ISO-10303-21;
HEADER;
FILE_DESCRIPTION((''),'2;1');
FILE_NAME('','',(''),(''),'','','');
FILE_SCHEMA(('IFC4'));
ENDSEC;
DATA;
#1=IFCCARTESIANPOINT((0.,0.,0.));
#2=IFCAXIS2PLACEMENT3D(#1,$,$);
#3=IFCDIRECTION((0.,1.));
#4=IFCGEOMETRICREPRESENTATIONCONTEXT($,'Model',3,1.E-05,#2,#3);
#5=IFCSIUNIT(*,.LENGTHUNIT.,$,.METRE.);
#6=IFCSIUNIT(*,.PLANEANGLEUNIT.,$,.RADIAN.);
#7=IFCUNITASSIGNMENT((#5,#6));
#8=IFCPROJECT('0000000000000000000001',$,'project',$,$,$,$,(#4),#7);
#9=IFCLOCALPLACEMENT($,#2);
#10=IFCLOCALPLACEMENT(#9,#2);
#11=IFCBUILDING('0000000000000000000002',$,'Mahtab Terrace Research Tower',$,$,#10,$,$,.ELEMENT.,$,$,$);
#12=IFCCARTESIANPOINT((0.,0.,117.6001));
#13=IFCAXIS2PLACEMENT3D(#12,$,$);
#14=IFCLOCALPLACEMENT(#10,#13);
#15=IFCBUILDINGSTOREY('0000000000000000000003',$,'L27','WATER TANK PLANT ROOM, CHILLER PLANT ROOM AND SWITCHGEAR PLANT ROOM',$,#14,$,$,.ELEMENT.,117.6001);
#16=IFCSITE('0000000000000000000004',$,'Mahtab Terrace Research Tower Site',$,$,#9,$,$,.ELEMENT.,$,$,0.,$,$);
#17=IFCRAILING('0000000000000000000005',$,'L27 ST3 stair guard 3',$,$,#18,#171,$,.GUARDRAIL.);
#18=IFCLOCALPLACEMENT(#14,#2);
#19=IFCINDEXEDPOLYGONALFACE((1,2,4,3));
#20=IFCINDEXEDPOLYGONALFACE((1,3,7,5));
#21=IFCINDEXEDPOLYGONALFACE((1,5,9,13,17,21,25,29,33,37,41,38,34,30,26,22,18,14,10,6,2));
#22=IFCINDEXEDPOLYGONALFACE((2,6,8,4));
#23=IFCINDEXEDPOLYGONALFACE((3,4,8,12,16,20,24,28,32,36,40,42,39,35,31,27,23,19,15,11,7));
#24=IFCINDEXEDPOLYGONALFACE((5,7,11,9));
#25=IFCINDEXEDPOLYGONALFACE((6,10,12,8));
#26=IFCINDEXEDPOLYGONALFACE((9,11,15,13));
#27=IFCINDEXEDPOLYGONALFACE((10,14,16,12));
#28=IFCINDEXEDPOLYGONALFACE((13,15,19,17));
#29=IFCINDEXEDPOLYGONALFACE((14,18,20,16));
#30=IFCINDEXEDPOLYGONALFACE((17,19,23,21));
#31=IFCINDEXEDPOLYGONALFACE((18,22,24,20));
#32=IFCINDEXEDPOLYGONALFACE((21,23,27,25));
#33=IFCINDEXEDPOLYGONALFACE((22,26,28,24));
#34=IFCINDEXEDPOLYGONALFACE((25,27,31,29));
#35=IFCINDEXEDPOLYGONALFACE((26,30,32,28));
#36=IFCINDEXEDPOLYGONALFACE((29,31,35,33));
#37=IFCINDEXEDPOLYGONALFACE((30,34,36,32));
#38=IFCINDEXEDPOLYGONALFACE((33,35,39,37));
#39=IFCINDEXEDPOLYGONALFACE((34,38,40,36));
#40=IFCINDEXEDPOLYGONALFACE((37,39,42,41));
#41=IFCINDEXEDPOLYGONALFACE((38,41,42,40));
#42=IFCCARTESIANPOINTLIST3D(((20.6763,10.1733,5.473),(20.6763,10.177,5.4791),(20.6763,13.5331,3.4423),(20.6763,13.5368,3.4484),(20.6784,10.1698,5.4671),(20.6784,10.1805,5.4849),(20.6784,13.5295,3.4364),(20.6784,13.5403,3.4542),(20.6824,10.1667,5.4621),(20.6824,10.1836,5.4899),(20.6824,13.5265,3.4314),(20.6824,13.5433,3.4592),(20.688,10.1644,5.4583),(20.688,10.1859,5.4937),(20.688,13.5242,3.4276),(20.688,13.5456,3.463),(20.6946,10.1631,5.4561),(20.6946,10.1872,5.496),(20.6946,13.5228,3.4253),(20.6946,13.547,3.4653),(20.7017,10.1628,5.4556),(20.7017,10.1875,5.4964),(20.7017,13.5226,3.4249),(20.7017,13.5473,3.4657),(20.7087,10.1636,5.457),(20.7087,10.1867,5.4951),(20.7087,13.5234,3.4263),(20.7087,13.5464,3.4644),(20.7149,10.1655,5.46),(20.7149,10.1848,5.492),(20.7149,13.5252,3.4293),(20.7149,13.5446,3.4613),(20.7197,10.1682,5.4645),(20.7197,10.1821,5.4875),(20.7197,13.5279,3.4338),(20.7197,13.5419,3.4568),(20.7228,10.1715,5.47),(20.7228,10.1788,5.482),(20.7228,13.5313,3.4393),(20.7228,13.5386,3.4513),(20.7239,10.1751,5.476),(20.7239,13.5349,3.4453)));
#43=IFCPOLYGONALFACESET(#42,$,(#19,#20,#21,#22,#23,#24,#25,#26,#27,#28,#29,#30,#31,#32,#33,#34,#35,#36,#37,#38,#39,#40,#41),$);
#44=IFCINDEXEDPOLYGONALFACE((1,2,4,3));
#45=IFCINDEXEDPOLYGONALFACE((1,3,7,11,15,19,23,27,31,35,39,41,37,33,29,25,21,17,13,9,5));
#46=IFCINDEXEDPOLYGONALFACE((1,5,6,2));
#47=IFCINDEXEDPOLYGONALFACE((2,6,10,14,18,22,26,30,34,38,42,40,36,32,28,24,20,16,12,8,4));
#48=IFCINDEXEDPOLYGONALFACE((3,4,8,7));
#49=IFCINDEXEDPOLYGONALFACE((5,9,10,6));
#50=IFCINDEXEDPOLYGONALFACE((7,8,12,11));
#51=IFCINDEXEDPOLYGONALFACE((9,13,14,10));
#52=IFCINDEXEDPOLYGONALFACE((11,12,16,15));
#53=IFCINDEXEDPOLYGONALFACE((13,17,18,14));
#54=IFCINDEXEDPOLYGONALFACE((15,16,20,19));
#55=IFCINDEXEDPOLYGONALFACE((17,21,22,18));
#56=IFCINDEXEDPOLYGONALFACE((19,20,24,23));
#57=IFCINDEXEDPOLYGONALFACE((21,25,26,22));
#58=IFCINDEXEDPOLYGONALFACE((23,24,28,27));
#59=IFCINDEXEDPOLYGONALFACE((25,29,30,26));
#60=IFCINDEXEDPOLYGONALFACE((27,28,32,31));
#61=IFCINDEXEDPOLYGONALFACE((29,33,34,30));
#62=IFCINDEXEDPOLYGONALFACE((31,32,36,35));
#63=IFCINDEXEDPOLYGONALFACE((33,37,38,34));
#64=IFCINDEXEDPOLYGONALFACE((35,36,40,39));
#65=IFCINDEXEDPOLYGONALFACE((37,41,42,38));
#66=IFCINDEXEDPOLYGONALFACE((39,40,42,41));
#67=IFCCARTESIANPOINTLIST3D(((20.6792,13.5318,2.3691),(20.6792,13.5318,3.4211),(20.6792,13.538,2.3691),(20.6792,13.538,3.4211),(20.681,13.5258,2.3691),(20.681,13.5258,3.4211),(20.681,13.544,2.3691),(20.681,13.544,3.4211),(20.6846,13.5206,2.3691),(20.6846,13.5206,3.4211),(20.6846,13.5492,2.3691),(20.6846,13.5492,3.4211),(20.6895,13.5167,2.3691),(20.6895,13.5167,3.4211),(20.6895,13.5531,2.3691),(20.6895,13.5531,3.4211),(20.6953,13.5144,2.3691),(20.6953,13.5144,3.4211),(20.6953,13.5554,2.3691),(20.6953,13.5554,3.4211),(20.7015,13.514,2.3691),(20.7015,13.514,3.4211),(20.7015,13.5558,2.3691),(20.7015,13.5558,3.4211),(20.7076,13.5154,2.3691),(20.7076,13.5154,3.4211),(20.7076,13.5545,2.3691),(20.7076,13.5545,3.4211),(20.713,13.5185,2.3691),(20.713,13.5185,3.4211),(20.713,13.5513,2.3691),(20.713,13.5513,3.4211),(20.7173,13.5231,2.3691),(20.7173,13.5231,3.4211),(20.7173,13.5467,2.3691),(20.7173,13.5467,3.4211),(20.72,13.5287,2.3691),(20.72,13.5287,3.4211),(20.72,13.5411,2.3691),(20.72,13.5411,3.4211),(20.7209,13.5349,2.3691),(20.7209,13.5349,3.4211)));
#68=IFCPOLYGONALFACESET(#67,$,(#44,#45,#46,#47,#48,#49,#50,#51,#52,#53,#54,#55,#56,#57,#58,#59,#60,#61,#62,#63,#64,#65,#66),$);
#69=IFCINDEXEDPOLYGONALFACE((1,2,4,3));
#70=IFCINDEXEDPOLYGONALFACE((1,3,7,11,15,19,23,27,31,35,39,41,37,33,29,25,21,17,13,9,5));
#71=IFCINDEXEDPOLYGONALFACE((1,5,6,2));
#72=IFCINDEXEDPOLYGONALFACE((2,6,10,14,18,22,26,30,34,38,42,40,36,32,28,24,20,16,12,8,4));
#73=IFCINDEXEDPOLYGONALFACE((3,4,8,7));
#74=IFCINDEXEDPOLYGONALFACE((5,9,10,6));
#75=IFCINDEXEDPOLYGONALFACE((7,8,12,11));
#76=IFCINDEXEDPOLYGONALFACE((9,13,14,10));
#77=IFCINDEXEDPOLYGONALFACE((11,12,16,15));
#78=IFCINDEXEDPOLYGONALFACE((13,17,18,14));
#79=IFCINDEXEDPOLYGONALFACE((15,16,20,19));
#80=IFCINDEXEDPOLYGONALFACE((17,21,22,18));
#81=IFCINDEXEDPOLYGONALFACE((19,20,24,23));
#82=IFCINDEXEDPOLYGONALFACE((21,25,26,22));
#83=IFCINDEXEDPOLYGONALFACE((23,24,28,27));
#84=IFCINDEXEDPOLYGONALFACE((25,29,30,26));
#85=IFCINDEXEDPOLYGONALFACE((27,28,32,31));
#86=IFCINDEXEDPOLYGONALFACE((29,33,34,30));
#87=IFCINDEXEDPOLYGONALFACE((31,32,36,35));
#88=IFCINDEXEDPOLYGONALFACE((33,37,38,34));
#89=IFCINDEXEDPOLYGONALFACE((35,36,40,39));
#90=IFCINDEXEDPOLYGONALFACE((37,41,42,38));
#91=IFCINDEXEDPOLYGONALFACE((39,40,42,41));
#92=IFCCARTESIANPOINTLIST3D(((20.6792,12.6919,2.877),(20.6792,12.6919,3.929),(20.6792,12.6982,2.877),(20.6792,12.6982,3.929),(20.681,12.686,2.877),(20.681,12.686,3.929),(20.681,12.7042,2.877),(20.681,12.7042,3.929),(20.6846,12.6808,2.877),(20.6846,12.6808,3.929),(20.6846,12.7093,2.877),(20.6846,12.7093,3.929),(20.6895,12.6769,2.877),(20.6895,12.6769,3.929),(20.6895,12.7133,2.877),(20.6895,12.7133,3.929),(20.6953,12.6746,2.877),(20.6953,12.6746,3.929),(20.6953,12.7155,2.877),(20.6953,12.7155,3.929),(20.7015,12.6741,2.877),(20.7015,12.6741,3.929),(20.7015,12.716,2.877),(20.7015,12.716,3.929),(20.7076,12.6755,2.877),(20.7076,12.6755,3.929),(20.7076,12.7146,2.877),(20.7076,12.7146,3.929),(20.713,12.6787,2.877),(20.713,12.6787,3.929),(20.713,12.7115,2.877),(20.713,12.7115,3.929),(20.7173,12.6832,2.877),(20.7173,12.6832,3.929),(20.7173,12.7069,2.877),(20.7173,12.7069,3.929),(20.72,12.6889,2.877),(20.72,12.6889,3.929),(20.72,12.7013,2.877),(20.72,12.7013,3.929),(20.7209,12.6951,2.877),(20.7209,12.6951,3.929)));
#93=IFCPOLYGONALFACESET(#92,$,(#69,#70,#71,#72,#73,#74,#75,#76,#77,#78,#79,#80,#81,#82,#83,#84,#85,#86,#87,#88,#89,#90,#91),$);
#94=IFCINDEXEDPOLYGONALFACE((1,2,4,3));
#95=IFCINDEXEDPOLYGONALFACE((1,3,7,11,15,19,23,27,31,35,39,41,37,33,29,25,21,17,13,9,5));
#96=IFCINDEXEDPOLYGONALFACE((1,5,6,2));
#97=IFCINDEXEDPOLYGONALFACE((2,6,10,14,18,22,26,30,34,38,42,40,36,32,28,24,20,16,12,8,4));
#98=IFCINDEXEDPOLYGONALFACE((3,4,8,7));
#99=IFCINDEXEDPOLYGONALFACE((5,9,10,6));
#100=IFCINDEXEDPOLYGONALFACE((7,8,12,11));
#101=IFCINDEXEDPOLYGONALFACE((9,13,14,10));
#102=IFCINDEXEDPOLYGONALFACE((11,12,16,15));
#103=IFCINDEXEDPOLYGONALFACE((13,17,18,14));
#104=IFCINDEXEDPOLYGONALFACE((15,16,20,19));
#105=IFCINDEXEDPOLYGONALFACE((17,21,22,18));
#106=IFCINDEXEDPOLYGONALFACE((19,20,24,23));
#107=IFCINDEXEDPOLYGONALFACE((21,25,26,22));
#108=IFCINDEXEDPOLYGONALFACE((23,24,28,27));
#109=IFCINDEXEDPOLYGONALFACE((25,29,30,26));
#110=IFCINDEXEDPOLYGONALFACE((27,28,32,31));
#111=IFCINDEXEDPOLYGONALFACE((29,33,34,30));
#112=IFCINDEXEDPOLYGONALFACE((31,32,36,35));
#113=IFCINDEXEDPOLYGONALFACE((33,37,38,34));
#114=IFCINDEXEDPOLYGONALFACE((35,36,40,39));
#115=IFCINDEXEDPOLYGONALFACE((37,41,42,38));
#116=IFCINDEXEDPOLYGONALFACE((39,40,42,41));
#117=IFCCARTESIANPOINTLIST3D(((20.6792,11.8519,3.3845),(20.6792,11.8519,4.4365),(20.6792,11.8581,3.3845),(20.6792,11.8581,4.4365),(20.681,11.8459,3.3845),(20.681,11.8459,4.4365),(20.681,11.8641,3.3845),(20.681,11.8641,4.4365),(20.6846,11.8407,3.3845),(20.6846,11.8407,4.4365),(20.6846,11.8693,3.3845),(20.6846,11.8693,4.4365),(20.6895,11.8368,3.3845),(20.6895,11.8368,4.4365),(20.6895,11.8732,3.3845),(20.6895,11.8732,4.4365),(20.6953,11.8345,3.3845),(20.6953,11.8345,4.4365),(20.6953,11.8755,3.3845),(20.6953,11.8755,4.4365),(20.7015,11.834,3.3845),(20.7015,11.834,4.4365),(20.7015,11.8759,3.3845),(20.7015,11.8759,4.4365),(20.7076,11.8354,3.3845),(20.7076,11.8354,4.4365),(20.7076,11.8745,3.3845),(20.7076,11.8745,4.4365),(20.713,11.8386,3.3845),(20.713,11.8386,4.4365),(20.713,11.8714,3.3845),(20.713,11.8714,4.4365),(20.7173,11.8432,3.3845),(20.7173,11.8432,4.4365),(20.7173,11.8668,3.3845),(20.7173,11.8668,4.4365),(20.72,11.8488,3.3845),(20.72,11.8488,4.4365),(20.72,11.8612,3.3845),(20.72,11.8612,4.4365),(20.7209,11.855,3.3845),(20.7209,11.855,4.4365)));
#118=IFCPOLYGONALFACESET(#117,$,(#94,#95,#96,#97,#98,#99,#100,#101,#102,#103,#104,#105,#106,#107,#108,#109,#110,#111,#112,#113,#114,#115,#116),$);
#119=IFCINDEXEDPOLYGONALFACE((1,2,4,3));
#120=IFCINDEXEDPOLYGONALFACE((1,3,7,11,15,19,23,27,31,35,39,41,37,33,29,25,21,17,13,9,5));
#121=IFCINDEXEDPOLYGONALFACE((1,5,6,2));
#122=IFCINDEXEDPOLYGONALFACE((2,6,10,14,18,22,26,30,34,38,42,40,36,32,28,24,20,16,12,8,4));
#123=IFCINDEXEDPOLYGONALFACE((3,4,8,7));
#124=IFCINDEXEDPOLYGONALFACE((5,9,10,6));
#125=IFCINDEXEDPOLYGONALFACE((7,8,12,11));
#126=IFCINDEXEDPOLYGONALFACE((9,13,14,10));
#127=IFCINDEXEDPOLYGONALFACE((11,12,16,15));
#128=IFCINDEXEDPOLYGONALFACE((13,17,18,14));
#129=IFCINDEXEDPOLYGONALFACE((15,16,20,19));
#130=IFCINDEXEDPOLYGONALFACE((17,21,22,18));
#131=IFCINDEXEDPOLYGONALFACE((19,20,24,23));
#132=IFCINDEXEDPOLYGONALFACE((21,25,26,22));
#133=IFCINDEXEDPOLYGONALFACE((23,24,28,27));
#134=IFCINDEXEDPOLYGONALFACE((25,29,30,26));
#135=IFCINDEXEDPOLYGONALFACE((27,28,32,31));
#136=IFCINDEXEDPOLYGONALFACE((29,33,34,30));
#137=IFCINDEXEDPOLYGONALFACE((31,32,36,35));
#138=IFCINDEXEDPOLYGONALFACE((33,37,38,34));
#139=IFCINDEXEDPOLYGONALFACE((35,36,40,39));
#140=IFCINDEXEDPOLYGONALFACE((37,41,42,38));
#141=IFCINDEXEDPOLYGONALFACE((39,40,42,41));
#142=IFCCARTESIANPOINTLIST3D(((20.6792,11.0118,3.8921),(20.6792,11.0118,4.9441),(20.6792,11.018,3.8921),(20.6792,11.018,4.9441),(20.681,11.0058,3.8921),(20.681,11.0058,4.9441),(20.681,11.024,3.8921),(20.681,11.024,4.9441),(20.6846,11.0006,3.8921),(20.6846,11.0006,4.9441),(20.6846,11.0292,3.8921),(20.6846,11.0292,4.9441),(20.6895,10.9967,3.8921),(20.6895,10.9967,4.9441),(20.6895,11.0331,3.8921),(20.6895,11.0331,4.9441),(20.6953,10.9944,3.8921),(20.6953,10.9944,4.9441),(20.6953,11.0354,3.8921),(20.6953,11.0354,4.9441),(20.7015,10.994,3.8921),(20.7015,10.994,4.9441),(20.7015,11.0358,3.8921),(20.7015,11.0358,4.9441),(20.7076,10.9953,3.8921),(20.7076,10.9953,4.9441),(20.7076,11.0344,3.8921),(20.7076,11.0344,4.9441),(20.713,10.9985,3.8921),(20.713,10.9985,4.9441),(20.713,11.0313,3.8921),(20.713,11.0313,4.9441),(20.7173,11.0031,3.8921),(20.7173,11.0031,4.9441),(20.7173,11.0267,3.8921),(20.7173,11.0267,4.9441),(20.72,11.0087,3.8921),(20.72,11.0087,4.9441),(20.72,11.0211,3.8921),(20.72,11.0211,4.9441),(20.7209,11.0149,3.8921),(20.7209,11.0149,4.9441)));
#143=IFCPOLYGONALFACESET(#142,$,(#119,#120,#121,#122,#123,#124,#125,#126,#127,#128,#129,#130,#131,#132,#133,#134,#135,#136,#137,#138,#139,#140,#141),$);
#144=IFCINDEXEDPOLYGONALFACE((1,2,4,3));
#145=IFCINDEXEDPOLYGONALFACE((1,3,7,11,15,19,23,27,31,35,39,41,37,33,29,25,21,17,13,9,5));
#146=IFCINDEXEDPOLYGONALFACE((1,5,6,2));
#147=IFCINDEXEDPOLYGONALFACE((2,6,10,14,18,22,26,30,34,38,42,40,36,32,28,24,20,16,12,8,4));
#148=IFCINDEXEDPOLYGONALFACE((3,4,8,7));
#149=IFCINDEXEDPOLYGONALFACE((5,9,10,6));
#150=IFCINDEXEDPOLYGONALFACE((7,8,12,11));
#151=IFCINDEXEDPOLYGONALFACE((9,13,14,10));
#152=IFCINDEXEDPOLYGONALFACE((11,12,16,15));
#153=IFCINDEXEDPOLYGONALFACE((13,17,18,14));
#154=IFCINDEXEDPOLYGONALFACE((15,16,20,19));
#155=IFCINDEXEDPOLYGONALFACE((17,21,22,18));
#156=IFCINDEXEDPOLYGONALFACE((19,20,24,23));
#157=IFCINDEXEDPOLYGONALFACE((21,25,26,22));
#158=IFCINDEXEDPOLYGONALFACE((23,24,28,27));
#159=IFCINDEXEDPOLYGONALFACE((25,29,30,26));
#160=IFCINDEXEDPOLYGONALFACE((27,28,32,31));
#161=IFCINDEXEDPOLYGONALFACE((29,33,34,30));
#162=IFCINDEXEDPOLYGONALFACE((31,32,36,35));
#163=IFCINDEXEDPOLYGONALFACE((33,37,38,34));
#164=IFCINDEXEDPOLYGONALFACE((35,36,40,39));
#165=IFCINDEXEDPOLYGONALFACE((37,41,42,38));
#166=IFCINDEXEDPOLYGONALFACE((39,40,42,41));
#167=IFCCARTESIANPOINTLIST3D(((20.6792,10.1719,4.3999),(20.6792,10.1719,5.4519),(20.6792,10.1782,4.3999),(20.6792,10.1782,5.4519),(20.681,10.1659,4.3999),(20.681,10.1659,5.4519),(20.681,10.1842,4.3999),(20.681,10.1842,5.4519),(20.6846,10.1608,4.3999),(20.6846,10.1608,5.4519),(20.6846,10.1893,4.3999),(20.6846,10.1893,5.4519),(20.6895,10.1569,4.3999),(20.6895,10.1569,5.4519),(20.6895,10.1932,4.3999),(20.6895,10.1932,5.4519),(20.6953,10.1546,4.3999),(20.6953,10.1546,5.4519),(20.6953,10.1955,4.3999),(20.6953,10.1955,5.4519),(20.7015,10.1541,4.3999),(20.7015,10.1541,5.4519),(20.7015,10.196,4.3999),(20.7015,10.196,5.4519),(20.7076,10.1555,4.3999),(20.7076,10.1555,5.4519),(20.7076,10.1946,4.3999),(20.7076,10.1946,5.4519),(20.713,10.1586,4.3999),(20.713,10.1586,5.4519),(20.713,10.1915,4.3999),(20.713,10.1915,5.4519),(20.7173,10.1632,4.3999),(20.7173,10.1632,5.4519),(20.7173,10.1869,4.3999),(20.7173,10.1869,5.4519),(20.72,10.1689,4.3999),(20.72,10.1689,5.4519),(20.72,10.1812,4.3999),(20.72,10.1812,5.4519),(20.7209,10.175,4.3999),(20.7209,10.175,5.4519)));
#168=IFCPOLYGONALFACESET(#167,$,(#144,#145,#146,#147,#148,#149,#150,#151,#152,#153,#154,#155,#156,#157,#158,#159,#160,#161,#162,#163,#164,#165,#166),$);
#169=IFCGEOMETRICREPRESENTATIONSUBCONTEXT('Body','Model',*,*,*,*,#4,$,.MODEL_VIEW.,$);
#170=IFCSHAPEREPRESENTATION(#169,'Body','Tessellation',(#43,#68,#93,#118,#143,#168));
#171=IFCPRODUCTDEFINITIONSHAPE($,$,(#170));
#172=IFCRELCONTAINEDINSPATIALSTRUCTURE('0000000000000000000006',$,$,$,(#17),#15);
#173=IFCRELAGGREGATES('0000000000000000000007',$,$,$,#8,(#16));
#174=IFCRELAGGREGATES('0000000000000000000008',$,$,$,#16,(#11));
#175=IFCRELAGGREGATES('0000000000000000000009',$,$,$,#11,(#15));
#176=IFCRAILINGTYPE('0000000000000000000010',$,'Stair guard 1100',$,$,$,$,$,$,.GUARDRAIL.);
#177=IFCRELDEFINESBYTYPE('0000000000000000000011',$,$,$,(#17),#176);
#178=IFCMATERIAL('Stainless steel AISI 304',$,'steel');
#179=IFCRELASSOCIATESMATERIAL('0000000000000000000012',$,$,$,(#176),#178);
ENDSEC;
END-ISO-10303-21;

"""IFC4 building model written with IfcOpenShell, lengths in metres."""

from ifc_helpers import new_model, si_unit, direction, frame, origin, origin_2d, place, context, subcontext, project, spatial, circle, extrude, material, type_object, element, save


model = new_model("IFC4")

# Units and contexts
model_context = context("Model", 3, precision=1e-05, world=origin(), true_north=direction((0.0, 1.0)))
body_context = subcontext(model_context, "Body", "Model", "MODEL_VIEW")
ifc_project = project(units=[si_unit("LENGTHUNIT", "METRE"), si_unit("PLANEANGLEUNIT", "RADIAN")], contexts=[model_context])

# Site, building, storey
site_placement = place(None, origin())
site = spatial("IfcSite", under=ifc_project, at=site_placement, Name="Mahtab Terrace Research Tower Site", CompositionType="ELEMENT", RefElevation=0.0)
building_placement = place(site_placement, origin())
building = spatial("IfcBuilding", under=site, at=building_placement, Name="Mahtab Terrace Research Tower", CompositionType="ELEMENT")
storey_placement = place(building_placement, frame((0.0, 0.0, 117.6001)))
storey = spatial("IfcBuildingStorey", under=building, at=storey_placement, Name="L27", Description="WATER TANK PLANT ROOM, CHILLER PLANT ROOM AND SWITCHGEAR PLANT ROOM", CompositionType="ELEMENT", Elevation=117.6001)

# Railing
ifc_material_1 = material(Name="Stainless steel AISI 304", Category="steel")
railing_type_1 = type_object("IfcRailingType", Name="Stair guard 1100", PredefinedType="GUARDRAIL", material=ifc_material_1)
railing_1_placement = place(storey_placement, frame((20.7, 13.5349, 2.3691)))
element("IfcRailing", 1, at=railing_1_placement, inside=storey, type_object=railing_type_1, Name="L27 ST3 stair guard 3", PredefinedType="GUARDRAIL", context=body_context, shape_type="SweptSolid", body=[
    extrude(circle(Radius=0.0239, at=origin_2d()), frame((0.0, 0.0, 1.0762), z_axis=(0.0, -0.85582, 0.517273), x_axis=(1.0, 0.0, 0.0)), (0.0, 0.0, 1.0), 3.9258),
    extrude(circle(Radius=0.021, at=origin_2d()), origin(), (0.0, 0.0, 1.0), 1.052),
    extrude(circle(Radius=0.021, at=origin_2d()), frame((0.0, -0.8398, 0.5078)), (0.0, 0.0, 1.0), 1.052),
    extrude(circle(Radius=0.021, at=origin_2d()), frame((0.0, -1.6799, 1.0154)), (0.0, 0.0, 1.0), 1.052),
    extrude(circle(Radius=0.021, at=origin_2d()), frame((0.0, -2.52, 1.5229)), (0.0, 0.0, 1.0), 1.052),
    extrude(circle(Radius=0.021, at=origin_2d()), frame((0.0, -3.3599, 2.0308)), (0.0, 0.0, 1.0), 1.052),
])

save(model, "model.ifc")
